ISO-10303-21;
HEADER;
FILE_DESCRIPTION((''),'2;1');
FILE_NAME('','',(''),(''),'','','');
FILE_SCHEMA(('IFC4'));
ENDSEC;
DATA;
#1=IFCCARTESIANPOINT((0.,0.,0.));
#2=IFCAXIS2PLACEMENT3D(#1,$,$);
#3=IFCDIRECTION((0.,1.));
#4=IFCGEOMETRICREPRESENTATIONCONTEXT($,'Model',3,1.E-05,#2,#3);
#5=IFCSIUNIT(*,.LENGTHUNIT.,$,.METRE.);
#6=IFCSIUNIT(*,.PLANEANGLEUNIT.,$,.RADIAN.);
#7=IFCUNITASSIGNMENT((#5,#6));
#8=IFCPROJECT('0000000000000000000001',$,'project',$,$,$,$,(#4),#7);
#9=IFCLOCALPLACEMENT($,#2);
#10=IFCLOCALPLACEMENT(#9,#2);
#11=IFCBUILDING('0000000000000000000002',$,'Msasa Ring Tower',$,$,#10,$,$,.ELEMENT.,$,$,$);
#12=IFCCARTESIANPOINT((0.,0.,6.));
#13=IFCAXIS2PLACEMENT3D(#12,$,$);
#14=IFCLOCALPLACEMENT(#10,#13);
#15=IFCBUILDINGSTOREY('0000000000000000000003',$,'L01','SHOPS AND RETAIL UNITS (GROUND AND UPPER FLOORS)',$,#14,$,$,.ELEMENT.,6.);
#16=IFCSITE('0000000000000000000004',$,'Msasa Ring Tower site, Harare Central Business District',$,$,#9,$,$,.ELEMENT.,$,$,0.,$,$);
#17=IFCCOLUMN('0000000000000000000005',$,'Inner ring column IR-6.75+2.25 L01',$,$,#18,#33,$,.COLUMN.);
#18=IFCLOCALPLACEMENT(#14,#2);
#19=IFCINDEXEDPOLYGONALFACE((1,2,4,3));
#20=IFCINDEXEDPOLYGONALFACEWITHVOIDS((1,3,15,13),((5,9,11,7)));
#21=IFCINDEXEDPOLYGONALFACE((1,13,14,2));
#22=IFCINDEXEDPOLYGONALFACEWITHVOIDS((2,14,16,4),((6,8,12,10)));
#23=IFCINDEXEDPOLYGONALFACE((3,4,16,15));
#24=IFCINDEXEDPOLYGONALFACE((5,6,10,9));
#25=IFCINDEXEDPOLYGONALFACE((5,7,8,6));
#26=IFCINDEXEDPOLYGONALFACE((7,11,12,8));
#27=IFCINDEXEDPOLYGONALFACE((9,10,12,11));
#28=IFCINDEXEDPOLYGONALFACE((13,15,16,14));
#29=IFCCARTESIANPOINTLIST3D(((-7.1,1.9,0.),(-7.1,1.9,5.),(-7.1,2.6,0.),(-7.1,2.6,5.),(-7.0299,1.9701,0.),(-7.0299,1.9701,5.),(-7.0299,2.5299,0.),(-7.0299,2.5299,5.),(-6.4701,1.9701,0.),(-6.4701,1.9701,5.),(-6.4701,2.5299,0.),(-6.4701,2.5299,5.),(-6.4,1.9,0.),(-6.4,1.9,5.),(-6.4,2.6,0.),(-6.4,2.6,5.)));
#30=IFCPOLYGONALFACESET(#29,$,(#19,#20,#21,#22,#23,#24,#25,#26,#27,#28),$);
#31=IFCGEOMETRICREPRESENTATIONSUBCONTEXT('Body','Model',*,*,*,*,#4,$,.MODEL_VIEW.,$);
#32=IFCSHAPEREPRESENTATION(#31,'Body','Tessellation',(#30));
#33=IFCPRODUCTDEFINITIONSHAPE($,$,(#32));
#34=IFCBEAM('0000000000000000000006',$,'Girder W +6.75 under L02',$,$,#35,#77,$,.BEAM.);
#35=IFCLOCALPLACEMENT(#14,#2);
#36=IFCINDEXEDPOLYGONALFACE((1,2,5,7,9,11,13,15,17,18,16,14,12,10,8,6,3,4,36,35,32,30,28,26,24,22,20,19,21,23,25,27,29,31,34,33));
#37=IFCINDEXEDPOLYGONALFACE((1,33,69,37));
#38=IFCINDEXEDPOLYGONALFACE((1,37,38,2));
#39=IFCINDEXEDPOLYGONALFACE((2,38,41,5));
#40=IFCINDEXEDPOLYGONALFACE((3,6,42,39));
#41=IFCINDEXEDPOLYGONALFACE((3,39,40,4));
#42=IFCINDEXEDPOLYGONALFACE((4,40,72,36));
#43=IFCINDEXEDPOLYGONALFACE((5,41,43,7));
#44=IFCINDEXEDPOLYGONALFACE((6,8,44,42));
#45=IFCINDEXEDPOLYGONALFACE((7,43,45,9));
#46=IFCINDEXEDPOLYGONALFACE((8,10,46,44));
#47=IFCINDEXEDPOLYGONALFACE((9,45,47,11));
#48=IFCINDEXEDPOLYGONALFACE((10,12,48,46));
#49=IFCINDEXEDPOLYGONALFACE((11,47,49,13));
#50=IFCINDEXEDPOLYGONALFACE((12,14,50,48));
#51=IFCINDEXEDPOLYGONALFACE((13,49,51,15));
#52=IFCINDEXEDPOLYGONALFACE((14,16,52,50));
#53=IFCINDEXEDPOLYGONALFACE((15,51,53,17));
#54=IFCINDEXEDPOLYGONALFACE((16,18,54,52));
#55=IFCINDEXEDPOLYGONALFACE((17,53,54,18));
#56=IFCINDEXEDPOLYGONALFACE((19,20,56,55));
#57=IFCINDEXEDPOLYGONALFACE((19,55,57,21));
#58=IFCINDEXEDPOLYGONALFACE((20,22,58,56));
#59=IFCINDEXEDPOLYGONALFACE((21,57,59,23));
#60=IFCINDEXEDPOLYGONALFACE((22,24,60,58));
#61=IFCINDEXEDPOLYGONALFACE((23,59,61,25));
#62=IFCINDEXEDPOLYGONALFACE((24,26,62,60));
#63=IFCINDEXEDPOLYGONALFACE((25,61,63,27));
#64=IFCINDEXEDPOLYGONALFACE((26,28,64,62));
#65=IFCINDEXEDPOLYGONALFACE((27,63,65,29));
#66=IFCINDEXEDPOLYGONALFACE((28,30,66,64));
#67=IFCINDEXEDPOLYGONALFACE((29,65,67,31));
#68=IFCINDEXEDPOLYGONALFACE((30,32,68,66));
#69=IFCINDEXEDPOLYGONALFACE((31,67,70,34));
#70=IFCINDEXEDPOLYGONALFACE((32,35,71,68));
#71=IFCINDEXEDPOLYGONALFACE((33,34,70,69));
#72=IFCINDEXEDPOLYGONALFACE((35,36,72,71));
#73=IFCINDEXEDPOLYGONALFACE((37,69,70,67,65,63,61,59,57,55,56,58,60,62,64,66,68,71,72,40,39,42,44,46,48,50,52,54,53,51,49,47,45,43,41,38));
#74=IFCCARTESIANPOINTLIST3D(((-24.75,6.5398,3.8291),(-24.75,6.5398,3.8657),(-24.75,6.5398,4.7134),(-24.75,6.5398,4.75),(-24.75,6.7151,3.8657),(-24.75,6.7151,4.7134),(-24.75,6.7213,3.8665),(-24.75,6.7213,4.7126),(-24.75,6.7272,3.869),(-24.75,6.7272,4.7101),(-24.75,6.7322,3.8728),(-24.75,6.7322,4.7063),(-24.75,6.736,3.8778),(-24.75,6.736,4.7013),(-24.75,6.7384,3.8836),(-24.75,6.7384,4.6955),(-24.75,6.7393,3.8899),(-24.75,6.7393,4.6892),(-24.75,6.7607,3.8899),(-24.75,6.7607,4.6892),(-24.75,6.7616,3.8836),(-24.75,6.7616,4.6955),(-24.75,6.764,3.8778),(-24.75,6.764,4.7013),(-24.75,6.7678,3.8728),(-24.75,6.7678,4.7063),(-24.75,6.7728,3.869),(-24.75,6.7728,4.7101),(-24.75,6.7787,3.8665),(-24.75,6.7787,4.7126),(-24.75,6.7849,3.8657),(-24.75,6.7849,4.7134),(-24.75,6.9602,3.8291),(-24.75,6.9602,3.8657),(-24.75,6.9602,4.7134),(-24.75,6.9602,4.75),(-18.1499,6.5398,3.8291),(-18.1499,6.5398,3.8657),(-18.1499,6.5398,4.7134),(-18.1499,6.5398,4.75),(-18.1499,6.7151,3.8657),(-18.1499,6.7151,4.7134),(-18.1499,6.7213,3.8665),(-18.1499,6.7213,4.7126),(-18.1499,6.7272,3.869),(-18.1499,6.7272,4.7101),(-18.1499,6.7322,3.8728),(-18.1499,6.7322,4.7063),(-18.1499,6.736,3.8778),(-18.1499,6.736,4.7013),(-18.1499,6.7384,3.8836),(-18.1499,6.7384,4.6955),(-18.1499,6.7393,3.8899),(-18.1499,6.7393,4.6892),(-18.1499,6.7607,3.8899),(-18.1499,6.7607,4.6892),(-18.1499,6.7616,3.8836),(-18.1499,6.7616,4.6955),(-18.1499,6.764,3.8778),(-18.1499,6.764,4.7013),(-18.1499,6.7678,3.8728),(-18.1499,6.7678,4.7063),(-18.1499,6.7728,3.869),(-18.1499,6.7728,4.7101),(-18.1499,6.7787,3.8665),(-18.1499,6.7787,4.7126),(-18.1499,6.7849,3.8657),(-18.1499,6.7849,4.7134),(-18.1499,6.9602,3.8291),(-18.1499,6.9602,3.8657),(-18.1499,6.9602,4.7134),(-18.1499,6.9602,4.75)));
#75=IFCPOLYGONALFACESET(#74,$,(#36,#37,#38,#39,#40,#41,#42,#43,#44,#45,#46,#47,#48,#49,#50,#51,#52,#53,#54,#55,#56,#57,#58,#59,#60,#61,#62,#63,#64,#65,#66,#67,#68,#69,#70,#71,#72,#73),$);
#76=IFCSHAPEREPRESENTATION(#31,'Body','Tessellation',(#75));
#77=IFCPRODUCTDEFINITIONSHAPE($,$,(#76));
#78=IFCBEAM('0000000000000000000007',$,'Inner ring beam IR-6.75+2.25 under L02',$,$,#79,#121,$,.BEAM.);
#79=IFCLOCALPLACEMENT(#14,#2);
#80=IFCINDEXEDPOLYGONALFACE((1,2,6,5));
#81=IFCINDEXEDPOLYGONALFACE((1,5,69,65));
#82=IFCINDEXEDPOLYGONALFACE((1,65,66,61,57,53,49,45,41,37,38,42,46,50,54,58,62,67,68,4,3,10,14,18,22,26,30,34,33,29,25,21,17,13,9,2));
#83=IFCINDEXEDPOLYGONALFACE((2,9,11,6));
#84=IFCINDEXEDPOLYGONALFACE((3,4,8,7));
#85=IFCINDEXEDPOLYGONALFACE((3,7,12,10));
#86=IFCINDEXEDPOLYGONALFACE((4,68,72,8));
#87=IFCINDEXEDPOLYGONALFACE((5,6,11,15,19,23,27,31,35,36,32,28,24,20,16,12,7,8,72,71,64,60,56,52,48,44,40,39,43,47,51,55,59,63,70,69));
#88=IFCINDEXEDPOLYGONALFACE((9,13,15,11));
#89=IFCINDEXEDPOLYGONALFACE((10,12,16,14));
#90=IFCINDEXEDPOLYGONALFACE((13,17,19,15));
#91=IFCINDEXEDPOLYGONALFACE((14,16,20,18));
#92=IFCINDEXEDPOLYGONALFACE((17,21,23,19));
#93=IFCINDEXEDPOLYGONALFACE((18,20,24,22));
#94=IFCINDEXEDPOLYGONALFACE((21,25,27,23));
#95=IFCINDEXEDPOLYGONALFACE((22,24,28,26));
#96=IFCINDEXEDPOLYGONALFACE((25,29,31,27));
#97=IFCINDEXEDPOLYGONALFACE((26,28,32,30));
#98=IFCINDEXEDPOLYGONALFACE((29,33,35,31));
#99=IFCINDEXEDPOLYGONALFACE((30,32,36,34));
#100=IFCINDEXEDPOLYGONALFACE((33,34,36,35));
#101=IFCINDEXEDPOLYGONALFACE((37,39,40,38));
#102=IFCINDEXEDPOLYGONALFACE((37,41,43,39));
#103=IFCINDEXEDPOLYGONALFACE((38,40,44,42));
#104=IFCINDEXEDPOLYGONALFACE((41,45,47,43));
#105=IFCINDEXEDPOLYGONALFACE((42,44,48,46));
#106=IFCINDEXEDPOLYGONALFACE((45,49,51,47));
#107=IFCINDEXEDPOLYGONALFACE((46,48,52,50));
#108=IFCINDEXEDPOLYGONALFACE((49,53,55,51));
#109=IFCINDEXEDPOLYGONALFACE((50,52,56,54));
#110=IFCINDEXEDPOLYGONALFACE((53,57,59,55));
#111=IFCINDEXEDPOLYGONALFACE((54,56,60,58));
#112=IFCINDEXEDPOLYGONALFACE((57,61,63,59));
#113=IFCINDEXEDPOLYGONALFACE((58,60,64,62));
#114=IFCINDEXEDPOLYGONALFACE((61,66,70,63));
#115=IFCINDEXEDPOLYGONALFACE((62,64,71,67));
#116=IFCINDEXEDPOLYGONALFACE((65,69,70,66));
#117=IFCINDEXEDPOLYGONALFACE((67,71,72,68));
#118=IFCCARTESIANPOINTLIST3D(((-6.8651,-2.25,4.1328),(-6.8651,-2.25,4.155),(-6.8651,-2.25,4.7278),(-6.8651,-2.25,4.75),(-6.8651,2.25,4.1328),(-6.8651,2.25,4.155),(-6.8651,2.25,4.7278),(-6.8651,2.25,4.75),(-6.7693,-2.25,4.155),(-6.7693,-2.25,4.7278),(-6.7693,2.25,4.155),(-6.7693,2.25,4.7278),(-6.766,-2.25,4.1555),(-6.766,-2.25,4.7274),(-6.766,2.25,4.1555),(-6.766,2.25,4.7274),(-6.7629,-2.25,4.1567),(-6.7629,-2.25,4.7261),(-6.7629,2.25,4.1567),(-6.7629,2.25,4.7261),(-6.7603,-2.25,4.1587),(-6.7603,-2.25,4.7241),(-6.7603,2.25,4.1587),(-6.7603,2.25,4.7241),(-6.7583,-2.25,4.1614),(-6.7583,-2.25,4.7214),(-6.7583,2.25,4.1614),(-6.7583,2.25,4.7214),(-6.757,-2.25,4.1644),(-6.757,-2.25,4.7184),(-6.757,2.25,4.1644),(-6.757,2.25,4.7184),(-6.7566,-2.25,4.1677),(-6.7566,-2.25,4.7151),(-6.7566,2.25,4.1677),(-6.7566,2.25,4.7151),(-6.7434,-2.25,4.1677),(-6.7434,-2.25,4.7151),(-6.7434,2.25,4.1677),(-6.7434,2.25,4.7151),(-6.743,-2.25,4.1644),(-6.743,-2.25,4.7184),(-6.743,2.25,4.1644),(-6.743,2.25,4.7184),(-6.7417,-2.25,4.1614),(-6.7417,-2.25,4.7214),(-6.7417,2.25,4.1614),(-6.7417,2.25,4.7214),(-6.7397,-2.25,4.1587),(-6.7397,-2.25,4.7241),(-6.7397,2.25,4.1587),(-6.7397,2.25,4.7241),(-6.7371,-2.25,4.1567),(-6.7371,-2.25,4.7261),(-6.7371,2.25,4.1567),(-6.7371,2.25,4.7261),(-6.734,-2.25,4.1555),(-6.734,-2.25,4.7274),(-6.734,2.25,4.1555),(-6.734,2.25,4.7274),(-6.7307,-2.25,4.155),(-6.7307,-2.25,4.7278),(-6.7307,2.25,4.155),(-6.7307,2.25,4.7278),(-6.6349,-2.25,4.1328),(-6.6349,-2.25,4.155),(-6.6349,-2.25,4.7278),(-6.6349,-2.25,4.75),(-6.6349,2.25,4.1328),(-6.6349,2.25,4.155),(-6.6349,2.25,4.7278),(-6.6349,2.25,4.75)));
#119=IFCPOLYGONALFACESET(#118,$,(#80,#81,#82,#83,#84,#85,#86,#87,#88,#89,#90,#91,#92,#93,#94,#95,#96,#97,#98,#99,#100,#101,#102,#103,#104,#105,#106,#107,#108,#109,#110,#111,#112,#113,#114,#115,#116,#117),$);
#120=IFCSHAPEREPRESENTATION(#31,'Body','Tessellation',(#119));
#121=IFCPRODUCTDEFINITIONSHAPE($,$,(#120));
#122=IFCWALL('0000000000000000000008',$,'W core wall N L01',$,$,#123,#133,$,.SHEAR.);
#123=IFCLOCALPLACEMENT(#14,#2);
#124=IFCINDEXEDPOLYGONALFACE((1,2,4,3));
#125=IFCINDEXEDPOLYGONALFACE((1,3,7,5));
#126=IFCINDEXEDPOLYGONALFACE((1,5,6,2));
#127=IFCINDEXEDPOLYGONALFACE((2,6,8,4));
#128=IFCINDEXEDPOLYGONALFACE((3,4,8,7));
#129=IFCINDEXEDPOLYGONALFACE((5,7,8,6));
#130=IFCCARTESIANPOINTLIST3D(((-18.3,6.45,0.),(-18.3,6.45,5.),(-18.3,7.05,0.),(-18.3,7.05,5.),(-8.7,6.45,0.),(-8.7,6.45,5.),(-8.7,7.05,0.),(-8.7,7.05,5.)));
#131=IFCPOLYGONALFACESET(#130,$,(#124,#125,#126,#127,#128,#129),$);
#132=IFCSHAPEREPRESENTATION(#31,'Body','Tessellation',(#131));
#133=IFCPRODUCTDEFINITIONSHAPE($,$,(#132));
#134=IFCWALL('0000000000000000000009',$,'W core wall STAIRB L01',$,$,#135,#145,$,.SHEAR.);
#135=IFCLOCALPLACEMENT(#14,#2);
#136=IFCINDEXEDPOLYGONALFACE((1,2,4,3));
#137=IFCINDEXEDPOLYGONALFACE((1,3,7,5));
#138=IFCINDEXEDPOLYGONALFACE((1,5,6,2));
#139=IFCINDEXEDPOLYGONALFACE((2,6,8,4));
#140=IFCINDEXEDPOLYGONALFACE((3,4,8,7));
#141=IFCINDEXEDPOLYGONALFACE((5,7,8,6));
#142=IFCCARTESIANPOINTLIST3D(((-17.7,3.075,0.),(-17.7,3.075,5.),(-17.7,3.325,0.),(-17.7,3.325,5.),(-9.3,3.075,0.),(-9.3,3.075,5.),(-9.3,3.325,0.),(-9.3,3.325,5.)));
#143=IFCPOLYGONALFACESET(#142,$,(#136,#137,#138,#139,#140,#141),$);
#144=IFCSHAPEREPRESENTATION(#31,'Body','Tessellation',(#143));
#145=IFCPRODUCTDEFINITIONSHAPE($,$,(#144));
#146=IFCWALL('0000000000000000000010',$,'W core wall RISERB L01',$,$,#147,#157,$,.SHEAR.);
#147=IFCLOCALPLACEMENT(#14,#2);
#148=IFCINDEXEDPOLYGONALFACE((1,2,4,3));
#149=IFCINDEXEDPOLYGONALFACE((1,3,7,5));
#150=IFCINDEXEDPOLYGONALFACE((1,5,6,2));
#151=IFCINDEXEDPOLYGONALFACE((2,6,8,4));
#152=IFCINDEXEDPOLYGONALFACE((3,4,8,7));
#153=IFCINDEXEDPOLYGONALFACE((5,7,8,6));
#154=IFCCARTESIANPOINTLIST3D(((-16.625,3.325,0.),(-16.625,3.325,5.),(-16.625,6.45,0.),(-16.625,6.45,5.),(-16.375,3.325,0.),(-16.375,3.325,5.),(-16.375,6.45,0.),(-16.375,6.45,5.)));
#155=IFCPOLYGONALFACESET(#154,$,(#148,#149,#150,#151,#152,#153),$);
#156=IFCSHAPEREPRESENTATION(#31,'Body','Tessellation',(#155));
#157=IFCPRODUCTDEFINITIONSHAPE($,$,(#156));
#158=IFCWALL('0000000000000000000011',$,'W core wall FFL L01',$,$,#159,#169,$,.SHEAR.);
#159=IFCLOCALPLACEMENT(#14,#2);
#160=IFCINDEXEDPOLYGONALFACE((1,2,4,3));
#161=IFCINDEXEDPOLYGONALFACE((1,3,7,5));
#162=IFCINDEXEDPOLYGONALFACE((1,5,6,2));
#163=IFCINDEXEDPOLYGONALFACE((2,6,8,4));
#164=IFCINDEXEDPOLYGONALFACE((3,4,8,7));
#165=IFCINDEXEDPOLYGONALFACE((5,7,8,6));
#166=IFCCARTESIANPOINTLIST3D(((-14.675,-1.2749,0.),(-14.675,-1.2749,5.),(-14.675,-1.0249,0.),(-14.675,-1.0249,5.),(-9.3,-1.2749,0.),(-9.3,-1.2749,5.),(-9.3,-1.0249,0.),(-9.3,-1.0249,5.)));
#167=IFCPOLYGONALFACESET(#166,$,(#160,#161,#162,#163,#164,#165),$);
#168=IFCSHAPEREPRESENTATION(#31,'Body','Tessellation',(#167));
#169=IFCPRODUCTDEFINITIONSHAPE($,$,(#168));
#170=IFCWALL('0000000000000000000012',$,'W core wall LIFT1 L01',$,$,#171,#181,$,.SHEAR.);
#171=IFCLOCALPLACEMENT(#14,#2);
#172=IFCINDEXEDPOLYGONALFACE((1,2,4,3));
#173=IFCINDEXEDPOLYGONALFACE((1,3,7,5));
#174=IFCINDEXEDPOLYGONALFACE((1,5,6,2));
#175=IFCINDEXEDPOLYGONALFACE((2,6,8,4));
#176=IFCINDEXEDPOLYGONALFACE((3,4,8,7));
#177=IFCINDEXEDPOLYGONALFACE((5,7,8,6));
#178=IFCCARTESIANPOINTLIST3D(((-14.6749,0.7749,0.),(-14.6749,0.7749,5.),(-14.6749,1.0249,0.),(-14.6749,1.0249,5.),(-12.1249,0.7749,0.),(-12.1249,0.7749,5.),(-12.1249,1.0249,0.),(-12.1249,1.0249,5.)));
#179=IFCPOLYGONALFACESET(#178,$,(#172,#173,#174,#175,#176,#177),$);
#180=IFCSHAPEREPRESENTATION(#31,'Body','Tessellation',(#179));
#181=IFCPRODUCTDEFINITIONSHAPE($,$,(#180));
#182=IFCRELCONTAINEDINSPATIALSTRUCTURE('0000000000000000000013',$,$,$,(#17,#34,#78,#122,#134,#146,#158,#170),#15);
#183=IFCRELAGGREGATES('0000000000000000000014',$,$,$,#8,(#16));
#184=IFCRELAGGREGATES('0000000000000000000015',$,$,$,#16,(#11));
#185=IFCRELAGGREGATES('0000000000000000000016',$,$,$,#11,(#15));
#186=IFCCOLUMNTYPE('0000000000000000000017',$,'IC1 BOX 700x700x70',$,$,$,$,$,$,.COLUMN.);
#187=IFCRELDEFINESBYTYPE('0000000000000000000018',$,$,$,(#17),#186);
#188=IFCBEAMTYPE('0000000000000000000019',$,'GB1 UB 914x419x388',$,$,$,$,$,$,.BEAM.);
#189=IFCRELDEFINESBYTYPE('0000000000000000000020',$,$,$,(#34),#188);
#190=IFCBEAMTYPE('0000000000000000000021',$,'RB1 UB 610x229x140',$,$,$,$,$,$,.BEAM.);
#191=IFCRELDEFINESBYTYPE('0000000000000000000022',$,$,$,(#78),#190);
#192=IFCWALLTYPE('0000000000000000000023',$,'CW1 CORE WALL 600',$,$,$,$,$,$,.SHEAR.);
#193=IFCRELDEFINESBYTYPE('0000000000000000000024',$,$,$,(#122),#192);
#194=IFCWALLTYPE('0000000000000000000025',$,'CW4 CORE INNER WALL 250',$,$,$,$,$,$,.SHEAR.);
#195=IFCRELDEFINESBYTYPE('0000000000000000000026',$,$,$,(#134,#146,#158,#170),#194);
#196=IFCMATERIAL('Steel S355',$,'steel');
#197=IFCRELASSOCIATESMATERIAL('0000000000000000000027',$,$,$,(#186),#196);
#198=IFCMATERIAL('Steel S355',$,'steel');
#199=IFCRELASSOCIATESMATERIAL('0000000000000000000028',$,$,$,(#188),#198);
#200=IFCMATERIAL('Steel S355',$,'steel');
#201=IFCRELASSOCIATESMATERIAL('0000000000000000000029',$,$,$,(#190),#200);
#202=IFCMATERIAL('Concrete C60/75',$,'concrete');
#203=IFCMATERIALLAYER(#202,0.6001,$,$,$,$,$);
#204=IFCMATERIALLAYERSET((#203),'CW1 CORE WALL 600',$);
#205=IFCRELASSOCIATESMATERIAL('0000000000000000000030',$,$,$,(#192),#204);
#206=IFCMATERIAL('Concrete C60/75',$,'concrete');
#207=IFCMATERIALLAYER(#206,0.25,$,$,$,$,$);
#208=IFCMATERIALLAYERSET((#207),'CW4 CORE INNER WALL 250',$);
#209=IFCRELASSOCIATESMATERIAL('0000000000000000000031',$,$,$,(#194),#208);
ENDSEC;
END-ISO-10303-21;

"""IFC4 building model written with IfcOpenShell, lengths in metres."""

from ifc_helpers import new_model, si_unit, direction, frame, frame_2d, origin, origin_2d, place, context, subcontext, project, spatial, rectangle, hollow_rectangle, i_section, extrude, material, layer, layer_set, material_profile, profile_set, type_object, element, save


model = new_model("IFC4")

# Units and contexts
model_context = context("Model", 3, precision=1e-05, world=origin(), true_north=direction((0.0, 1.0)))
body_context = subcontext(model_context, "Body", "Model", "MODEL_VIEW")
ifc_project = project(units=[si_unit("LENGTHUNIT", "METRE"), si_unit("PLANEANGLEUNIT", "RADIAN")], contexts=[model_context])

# Site, building, storey
site_placement = place(None, origin())
site = spatial("IfcSite", under=ifc_project, at=site_placement, Name="Msasa Ring Tower site, Harare Central Business District", CompositionType="ELEMENT", RefElevation=0.0)
building_placement = place(site_placement, origin())
building = spatial("IfcBuilding", under=site, at=building_placement, Name="Msasa Ring Tower", CompositionType="ELEMENT")
storey_placement = place(building_placement, frame((0.0, 0.0, 6.0)))
storey = spatial("IfcBuildingStorey", under=building, at=storey_placement, Name="L01", Description="SHOPS AND RETAIL UNITS (GROUND AND UPPER FLOORS)", CompositionType="ELEMENT", Elevation=6.0)

# Column
ifc_material_1 = material(Name="Steel S355", Category="steel")
ifc_material_profile_1 = material_profile(ifc_material_1, hollow_rectangle(XDim=0.7, YDim=0.7, WallThickness=0.0701, at=origin_2d()), Name="BOX 700x700x70")
ifc_profile_set_1 = profile_set([ifc_material_profile_1], Name="Steel S355")
column_type = type_object("IfcColumnType", Name="IC1 BOX 700x700x70", PredefinedType="COLUMN", material=ifc_profile_set_1)
column_placement = place(storey_placement, frame((-6.75, 2.25, 0.0), z_axis=(0.0, 0.0, 1.0), x_axis=(1.0, 0.0, 0.0)))
element("IfcColumn", 1, at=column_placement, inside=storey, type_object=column_type, Name="Inner ring column IR-6.75+2.25 L01", PredefinedType="COLUMN", context=body_context, shape_type="SweptSolid", body=[
    extrude(hollow_rectangle(XDim=0.7, YDim=0.7, WallThickness=0.0701, at=origin_2d()), origin(), (0.0, 0.0, 1.0), 5.0),
])

# Beams
ifc_material_2 = material(Name="Steel S355", Category="steel")
ifc_material_profile_2 = material_profile(ifc_material_2, i_section(OverallWidth=0.4204, OverallDepth=0.9209, WebThickness=0.0215, FlangeThickness=0.0366, FilletRadius=0.0242, at=origin_2d()), Name="UB 914x419x388")
ifc_profile_set_2 = profile_set([ifc_material_profile_2], Name="Steel S355")
beam_type_1 = type_object("IfcBeamType", Name="GB1 UB 914x419x388", PredefinedType="BEAM", material=ifc_profile_set_2)
beam_1_placement = place(storey_placement, frame((-18.1499, 6.75, 4.2896), z_axis=(-1.0, 0.0, 0.0), x_axis=(0.0, -1.0, 0.0)))
element("IfcBeam", 2, at=beam_1_placement, inside=storey, type_object=beam_type_1, Name="Girder W +6.75 under L02", PredefinedType="BEAM", context=body_context, shape_type="SweptSolid", body=[
    extrude(i_section(OverallWidth=0.4204, OverallDepth=0.9209, WebThickness=0.0215, FlangeThickness=0.0366, FilletRadius=0.0242, at=origin_2d()), origin(), (0.0, 0.0, 1.0), 6.6001),
])
ifc_material_3 = material(Name="Steel S355", Category="steel")
ifc_material_profile_3 = material_profile(ifc_material_3, i_section(OverallWidth=0.2302, OverallDepth=0.6172, WebThickness=0.0132, FlangeThickness=0.0222, FilletRadius=0.0127, at=origin_2d()), Name="UB 610x229x140")
ifc_profile_set_3 = profile_set([ifc_material_profile_3], Name="Steel S355")
beam_type_2 = type_object("IfcBeamType", Name="RB1 UB 610x229x140", PredefinedType="BEAM", material=ifc_profile_set_3)
beam_2_placement = place(storey_placement, frame((-6.75, 2.25, 4.4414), z_axis=(0.0, -1.0, 0.0), x_axis=(1.0, 0.0, 0.0)))
element("IfcBeam", 3, at=beam_2_placement, inside=storey, type_object=beam_type_2, Name="Inner ring beam IR-6.75+2.25 under L02", PredefinedType="BEAM", context=body_context, shape_type="SweptSolid", body=[
    extrude(i_section(OverallWidth=0.2302, OverallDepth=0.6172, WebThickness=0.0132, FlangeThickness=0.0222, FilletRadius=0.0127, at=origin_2d()), origin(), (0.0, 0.0, 1.0), 4.5),
])

# Walls
ifc_material_4 = material(Name="Concrete C60/75", Category="concrete")
ifc_layer_1 = layer(ifc_material_4, 0.6001)
ifc_layer_set_1 = layer_set([ifc_layer_1], Name="CW1 CORE WALL 600")
wall_type_1 = type_object("IfcWallType", Name="CW1 CORE WALL 600", PredefinedType="SHEAR", material=ifc_layer_set_1)
wall_1_placement = place(storey_placement, frame((-8.7, 6.75, 0.0), z_axis=(0.0, 0.0, 1.0), x_axis=(-1.0, 0.0, 0.0)))
element("IfcWall", 4, at=wall_1_placement, inside=storey, type_object=wall_type_1, Name="W core wall N L01", PredefinedType="SHEAR", context=body_context, shape_type="SweptSolid", body=[
    extrude(rectangle(XDim=9.6001, YDim=0.6001, at=frame_2d((4.8, 0.0))), origin(), (0.0, 0.0, 1.0), 5.0),
])
ifc_material_5 = material(Name="Concrete C60/75", Category="concrete")
ifc_layer_2 = layer(ifc_material_5, 0.25)
ifc_layer_set_2 = layer_set([ifc_layer_2], Name="CW4 CORE INNER WALL 250")
wall_type_2 = type_object("IfcWallType", Name="CW4 CORE INNER WALL 250", PredefinedType="SHEAR", material=ifc_layer_set_2)
wall_2_placement = place(storey_placement, frame((-9.3, 3.2, 0.0), z_axis=(0.0, 0.0, 1.0), x_axis=(-1.0, 0.0, 0.0)))
element("IfcWall", 5, at=wall_2_placement, inside=storey, type_object=wall_type_2, Name="W core wall STAIRB L01", PredefinedType="SHEAR", context=body_context, shape_type="SweptSolid", body=[
    extrude(rectangle(XDim=8.3999, YDim=0.25, at=frame_2d((4.2, 0.0))), origin(), (0.0, 0.0, 1.0), 5.0),
])
wall_3_placement = place(storey_placement, frame((-16.5, 3.325, 0.0), z_axis=(0.0, 0.0, 1.0), x_axis=(0.0, 1.0, 0.0)))
element("IfcWall", 6, at=wall_3_placement, inside=storey, type_object=wall_type_2, Name="W core wall RISERB L01", PredefinedType="SHEAR", context=body_context, shape_type="SweptSolid", body=[
    extrude(rectangle(XDim=3.125, YDim=0.25, at=frame_2d((1.5625, 0.0))), origin(), (0.0, 0.0, 1.0), 5.0),
])
wall_4_placement = place(storey_placement, frame((-9.3, -1.1499, 0.0), z_axis=(0.0, 0.0, 1.0), x_axis=(-1.0, 0.0, 0.0)))
element("IfcWall", 7, at=wall_4_placement, inside=storey, type_object=wall_type_2, Name="W core wall FFL L01", PredefinedType="SHEAR", context=body_context, shape_type="SweptSolid", body=[
    extrude(rectangle(XDim=5.375, YDim=0.25, at=frame_2d((2.6875, 0.0))), origin(), (0.0, 0.0, 1.0), 5.0),
])
wall_5_placement = place(storey_placement, frame((-12.125, 0.8999, 0.0), z_axis=(0.0, 0.0, 1.0), x_axis=(-1.0, 0.0, 0.0)))
element("IfcWall", 8, at=wall_5_placement, inside=storey, type_object=wall_type_2, Name="W core wall LIFT1 L01", PredefinedType="SHEAR", context=body_context, shape_type="SweptSolid", body=[
    extrude(rectangle(XDim=2.55, YDim=0.25, at=frame_2d((1.2749, 0.0))), origin(), (0.0, 0.0, 1.0), 5.0),
])

save(model, "model.ifc")
